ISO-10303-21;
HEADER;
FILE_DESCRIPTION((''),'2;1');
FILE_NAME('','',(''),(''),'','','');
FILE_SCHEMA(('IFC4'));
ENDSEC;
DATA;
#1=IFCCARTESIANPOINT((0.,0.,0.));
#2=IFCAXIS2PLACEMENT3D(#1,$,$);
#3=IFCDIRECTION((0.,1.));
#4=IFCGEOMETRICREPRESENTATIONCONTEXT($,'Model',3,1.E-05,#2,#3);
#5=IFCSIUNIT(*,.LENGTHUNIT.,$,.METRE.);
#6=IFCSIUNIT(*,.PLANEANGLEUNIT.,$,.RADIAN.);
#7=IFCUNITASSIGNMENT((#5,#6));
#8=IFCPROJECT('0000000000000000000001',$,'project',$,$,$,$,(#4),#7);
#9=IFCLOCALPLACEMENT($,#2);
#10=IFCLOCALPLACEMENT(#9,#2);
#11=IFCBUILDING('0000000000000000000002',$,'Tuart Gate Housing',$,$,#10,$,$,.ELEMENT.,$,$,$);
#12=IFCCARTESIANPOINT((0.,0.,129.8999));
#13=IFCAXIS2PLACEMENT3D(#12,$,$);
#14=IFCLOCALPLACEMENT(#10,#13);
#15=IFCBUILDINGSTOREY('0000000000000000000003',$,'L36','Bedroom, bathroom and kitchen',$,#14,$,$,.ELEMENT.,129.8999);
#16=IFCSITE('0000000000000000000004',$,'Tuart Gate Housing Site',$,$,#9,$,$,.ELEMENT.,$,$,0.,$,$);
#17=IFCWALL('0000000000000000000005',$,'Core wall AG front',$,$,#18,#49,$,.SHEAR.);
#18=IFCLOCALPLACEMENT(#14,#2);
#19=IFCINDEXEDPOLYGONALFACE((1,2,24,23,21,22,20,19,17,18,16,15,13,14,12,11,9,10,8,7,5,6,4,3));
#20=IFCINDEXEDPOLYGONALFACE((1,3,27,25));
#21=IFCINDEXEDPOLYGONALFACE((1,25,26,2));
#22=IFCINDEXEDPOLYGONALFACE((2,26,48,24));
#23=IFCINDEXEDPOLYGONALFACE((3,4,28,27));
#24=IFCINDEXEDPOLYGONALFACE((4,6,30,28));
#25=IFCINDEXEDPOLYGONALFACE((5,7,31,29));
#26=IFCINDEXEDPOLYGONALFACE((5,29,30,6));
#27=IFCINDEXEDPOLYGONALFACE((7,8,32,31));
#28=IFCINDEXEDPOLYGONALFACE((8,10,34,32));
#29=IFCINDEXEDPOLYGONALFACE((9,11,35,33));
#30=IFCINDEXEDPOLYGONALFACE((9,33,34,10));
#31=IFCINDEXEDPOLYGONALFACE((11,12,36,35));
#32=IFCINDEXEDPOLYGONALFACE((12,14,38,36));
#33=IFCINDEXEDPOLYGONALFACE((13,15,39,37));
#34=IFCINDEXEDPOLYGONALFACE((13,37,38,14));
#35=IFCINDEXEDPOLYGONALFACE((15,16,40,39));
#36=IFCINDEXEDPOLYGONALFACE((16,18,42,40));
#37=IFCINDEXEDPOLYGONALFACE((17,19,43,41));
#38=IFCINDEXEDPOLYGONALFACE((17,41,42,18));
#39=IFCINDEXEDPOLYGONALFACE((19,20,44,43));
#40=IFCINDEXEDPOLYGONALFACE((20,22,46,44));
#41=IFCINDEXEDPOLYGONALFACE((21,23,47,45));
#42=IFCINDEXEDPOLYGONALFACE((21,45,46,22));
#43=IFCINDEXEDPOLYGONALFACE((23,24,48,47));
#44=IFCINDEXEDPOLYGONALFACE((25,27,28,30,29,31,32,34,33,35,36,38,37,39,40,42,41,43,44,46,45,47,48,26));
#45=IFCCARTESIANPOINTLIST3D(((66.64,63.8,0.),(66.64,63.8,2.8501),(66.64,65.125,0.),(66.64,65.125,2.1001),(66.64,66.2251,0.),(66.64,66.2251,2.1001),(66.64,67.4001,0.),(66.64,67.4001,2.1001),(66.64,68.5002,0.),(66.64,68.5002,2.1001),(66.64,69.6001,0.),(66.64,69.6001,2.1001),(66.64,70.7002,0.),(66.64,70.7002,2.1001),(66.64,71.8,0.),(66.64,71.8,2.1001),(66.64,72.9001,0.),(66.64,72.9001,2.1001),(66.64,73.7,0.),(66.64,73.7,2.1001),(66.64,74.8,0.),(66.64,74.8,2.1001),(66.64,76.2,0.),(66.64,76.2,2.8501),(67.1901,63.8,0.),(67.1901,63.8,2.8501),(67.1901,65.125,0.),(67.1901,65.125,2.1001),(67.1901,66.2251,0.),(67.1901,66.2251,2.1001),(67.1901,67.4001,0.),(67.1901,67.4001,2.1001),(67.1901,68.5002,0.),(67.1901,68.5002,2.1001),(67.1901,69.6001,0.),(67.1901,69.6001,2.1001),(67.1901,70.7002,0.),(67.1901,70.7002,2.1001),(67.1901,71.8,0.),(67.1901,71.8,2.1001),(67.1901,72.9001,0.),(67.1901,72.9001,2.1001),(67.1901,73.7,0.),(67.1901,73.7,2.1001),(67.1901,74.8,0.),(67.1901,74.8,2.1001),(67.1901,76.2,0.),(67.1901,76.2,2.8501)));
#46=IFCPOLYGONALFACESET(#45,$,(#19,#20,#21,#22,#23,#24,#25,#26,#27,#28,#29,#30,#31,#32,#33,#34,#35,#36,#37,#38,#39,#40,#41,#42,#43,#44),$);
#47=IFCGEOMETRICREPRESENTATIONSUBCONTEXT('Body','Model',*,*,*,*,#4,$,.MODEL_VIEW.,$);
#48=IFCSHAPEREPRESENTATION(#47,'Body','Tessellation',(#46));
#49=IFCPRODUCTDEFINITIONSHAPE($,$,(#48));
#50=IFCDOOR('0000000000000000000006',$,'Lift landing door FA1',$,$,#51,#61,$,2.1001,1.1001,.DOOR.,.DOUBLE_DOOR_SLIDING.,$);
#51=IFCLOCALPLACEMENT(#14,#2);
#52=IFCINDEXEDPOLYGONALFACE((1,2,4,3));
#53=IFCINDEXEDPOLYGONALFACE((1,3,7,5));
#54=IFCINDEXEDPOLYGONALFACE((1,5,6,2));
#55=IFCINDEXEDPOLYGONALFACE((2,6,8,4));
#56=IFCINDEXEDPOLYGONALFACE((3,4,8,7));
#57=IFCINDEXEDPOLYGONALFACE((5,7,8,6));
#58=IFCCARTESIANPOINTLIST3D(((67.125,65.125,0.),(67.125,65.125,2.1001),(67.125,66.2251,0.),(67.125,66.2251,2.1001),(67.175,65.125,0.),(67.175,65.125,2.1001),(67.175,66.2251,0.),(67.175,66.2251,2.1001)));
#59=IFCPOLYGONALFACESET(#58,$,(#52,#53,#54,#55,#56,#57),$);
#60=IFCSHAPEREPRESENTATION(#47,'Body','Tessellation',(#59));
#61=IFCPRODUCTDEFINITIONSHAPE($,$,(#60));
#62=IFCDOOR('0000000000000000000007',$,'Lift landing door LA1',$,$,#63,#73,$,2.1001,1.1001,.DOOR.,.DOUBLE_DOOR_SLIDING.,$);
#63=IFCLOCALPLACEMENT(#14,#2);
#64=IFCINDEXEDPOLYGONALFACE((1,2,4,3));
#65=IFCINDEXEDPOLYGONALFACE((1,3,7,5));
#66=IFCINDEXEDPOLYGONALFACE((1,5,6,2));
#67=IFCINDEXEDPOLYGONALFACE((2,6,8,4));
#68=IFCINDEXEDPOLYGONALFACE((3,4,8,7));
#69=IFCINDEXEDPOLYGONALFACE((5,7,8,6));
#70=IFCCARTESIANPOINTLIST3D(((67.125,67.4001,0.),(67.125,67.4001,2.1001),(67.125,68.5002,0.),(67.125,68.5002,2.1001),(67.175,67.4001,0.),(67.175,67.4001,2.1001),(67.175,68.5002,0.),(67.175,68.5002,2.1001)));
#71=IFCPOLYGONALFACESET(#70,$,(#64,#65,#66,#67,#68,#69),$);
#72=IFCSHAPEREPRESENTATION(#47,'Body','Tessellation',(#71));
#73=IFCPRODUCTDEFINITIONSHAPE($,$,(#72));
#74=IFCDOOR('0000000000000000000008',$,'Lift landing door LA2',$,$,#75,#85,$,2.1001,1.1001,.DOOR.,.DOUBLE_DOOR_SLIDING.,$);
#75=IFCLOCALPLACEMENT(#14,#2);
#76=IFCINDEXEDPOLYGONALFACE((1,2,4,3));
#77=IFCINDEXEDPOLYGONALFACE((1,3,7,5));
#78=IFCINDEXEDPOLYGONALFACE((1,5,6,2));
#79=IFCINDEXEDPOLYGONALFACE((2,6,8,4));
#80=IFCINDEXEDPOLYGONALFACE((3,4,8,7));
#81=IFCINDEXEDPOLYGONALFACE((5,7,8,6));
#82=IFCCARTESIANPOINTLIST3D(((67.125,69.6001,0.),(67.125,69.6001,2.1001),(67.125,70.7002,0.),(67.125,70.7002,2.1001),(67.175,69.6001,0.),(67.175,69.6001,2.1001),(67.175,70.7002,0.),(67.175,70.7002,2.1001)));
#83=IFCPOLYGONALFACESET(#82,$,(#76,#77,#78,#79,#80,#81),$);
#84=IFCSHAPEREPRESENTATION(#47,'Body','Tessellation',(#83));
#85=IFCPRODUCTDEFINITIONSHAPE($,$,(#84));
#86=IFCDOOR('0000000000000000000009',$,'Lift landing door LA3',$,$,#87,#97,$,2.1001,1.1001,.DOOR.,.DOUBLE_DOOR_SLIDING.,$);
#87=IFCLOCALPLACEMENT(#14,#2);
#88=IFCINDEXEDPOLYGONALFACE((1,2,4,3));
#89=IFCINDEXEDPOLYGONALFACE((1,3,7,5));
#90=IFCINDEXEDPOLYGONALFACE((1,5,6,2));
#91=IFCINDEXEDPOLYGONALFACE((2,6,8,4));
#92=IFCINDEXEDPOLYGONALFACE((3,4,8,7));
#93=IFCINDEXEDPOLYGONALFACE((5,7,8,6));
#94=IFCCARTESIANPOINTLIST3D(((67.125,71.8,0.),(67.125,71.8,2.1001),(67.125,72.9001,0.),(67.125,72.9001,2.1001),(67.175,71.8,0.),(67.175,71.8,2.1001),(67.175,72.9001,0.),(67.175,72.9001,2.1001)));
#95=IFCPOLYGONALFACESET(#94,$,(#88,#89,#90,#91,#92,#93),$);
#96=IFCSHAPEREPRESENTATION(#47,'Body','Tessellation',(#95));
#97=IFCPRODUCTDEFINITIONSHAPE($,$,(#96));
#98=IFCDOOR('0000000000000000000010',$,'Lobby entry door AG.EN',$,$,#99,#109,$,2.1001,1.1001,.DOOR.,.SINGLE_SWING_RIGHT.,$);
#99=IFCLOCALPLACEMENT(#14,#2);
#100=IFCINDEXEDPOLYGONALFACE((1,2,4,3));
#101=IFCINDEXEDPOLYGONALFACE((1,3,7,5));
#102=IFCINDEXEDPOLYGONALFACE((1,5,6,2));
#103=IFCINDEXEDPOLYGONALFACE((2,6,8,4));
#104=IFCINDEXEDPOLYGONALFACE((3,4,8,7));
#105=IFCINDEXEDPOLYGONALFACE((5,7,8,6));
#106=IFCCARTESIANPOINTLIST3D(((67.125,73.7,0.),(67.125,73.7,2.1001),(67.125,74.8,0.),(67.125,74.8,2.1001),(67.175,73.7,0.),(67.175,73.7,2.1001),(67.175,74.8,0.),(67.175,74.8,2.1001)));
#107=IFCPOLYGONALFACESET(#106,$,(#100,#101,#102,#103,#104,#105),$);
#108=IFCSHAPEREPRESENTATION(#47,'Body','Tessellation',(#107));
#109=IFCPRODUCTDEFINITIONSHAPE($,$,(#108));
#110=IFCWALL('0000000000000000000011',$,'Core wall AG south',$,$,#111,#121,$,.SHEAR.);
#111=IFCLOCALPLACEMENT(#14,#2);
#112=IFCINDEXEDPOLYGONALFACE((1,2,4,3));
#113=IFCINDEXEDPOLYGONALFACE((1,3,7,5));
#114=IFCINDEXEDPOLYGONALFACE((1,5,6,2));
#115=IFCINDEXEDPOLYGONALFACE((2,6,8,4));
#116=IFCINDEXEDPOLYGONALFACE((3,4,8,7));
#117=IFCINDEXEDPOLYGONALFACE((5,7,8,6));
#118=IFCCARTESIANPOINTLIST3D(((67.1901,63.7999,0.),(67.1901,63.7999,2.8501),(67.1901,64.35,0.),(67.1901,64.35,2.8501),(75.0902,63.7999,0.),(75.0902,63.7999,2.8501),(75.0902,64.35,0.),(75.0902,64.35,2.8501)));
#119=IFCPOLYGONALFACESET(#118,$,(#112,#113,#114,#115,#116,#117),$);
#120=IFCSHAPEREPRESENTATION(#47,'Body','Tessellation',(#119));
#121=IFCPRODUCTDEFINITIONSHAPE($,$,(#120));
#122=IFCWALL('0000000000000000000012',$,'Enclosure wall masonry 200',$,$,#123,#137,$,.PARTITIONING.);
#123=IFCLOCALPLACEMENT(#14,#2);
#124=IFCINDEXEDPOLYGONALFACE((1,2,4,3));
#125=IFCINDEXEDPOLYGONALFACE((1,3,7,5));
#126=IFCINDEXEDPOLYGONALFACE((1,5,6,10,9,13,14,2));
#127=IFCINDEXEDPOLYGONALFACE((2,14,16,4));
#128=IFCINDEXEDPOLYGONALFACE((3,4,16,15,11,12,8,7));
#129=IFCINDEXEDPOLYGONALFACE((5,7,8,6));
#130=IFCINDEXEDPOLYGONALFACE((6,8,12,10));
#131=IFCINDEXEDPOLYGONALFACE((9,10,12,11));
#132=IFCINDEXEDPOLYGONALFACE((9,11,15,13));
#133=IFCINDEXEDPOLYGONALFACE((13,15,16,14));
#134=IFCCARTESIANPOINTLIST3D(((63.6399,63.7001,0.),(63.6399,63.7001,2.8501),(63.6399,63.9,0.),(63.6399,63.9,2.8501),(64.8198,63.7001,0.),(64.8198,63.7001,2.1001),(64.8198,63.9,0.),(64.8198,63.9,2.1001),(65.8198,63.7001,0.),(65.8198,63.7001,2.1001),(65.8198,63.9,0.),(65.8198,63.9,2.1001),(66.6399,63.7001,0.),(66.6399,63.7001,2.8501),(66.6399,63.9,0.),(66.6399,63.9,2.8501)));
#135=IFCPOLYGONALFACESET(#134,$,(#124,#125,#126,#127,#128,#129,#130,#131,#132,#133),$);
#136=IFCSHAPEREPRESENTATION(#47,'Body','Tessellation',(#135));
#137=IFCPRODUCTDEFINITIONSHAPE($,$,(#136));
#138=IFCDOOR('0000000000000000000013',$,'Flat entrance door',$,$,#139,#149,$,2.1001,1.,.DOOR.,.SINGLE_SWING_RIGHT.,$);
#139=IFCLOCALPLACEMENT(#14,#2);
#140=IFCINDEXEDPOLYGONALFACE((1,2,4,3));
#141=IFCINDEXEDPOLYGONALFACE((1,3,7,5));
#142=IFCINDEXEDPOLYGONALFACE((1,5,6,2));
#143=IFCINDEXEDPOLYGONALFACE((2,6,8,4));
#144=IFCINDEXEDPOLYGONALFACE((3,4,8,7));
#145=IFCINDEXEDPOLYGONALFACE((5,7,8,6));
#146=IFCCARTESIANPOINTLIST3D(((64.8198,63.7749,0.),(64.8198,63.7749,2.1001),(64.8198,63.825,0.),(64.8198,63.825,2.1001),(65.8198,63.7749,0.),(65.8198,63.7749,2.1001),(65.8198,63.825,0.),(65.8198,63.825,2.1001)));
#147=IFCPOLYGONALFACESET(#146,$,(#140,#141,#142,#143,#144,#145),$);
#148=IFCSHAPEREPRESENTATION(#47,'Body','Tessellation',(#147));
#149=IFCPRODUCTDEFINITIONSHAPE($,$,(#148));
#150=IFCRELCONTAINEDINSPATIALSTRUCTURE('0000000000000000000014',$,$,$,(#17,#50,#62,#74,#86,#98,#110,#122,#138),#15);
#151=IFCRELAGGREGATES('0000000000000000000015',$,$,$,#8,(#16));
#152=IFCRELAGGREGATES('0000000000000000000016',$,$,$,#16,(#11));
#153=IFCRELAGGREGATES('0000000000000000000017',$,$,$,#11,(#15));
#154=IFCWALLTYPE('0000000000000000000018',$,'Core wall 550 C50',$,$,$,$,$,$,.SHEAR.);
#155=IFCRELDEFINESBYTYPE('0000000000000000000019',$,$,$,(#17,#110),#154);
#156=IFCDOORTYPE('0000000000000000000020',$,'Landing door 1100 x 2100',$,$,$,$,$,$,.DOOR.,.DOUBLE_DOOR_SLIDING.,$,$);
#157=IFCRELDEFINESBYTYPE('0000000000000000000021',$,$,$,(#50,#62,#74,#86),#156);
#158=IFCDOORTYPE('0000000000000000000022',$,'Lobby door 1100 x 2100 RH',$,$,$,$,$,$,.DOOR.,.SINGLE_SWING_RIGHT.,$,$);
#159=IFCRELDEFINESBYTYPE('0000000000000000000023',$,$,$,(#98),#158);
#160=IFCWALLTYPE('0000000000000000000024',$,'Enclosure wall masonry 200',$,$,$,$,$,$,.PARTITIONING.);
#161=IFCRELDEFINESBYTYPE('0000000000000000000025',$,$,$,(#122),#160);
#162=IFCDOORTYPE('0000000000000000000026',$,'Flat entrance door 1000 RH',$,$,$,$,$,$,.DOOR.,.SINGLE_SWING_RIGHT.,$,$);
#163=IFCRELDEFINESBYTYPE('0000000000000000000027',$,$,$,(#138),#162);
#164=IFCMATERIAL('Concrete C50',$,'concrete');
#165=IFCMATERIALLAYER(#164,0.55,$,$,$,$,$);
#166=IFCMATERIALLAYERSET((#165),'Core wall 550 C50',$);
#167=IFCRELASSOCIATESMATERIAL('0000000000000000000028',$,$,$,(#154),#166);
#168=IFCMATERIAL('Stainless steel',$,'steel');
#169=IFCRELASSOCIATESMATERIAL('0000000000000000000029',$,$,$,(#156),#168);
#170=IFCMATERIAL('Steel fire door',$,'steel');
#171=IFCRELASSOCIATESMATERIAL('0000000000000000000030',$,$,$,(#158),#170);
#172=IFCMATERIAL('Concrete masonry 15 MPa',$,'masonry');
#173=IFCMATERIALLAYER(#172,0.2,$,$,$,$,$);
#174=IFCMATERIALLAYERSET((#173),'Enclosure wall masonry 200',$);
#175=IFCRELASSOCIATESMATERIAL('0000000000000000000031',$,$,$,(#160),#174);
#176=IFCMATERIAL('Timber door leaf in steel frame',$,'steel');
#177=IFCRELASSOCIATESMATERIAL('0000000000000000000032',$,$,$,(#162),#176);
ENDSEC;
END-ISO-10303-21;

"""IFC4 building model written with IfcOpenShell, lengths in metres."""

from ifc_helpers import new_model, si_unit, direction, frame, frame_2d, origin, place, context, subcontext, project, spatial, rectangle, extrude, material, layer, layer_set, type_object, element, fill, save


model = new_model("IFC4")

# Units and contexts
model_context = context("Model", 3, precision=1e-05, world=origin(), true_north=direction((0.0, 1.0)))
body_context = subcontext(model_context, "Body", "Model", "MODEL_VIEW")
ifc_project = project(units=[si_unit("LENGTHUNIT", "METRE"), si_unit("PLANEANGLEUNIT", "RADIAN")], contexts=[model_context])

# Site, building, storey
site_placement = place(None, origin())
site = spatial("IfcSite", under=ifc_project, at=site_placement, Name="Tuart Gate Housing Site", CompositionType="ELEMENT", RefElevation=0.0)
building_placement = place(site_placement, origin())
building = spatial("IfcBuilding", under=site, at=building_placement, Name="Tuart Gate Housing", CompositionType="ELEMENT")
storey_placement = place(building_placement, frame((0.0, 0.0, 129.8999)))
storey = spatial("IfcBuildingStorey", under=building, at=storey_placement, Name="L36", Description="Bedroom, bathroom and kitchen", CompositionType="ELEMENT", Elevation=129.8999)

# Wall, openings, doors
ifc_material_1 = material(Name="Concrete C50", Category="concrete")
ifc_layer_1 = layer(ifc_material_1, 0.55)
ifc_layer_set_1 = layer_set([ifc_layer_1], Name="Core wall 550 C50")
wall_type_1 = type_object("IfcWallType", Name="Core wall 550 C50", PredefinedType="SHEAR", material=ifc_layer_set_1)
wall_1_placement = place(storey_placement, frame((66.915, 63.8, 0.0), z_axis=(0.0, 0.0, 1.0), x_axis=(0.0, 1.0, 0.0)))
wall_1 = element("IfcWall", 1, at=wall_1_placement, inside=storey, type_object=wall_type_1, Name="Core wall AG front", PredefinedType="SHEAR", context=body_context, shape_type="SweptSolid", body=[
    extrude(rectangle(XDim=12.3999, YDim=0.55, at=frame_2d((6.2, 0.0))), origin(), (0.0, 0.0, 1.0), 2.8501),
])
opening_1_placement = place(wall_1_placement, frame((1.325, 0.0, 0.0)))
opening_1 = element("IfcOpeningElement", 2, at=opening_1_placement, cuts=wall_1, PredefinedType="OPENING", context=body_context, shape_type="SweptSolid", body=[
    extrude(rectangle(XDim=1.1001, YDim=2.1001, at=frame_2d((0.55, 1.05))), frame((0.0, 0.2849, 0.0), z_axis=(0.0, -1.0, 0.0), x_axis=(1.0, 0.0, 0.0)), (0.0, 0.0, 1.0), 0.5701),
])
opening_2_placement = place(wall_1_placement, frame((3.6001, 0.0, 0.0)))
opening_2 = element("IfcOpeningElement", 3, at=opening_2_placement, cuts=wall_1, PredefinedType="OPENING", context=body_context, shape_type="SweptSolid", body=[
    extrude(rectangle(XDim=1.1001, YDim=2.1001, at=frame_2d((0.55, 1.05))), frame((0.0, 0.2849, 0.0), z_axis=(0.0, -1.0, 0.0), x_axis=(1.0, 0.0, 0.0)), (0.0, 0.0, 1.0), 0.5701),
])
opening_3_placement = place(wall_1_placement, frame((5.8, 0.0, 0.0)))
opening_3 = element("IfcOpeningElement", 4, at=opening_3_placement, cuts=wall_1, PredefinedType="OPENING", context=body_context, shape_type="SweptSolid", body=[
    extrude(rectangle(XDim=1.1001, YDim=2.1001, at=frame_2d((0.55, 1.05))), frame((0.0, 0.2849, 0.0), z_axis=(0.0, -1.0, 0.0), x_axis=(1.0, 0.0, 0.0)), (0.0, 0.0, 1.0), 0.5701),
])
opening_4_placement = place(wall_1_placement, frame((8.0, 0.0, 0.0)))
opening_4 = element("IfcOpeningElement", 5, at=opening_4_placement, cuts=wall_1, PredefinedType="OPENING", context=body_context, shape_type="SweptSolid", body=[
    extrude(rectangle(XDim=1.1001, YDim=2.1001, at=frame_2d((0.55, 1.05))), frame((0.0, 0.2849, 0.0), z_axis=(0.0, -1.0, 0.0), x_axis=(1.0, 0.0, 0.0)), (0.0, 0.0, 1.0), 0.5701),
])
opening_5_placement = place(wall_1_placement, frame((9.8999, 0.0, 0.0)))
opening_5 = element("IfcOpeningElement", 6, at=opening_5_placement, cuts=wall_1, PredefinedType="OPENING", context=body_context, shape_type="SweptSolid", body=[
    extrude(rectangle(XDim=1.1001, YDim=2.1001, at=frame_2d((0.55, 1.05))), frame((0.0, 0.2849, 0.0), z_axis=(0.0, -1.0, 0.0), x_axis=(1.0, 0.0, 0.0)), (0.0, 0.0, 1.0), 0.5701),
])
ifc_material_2 = material(Name="Stainless steel", Category="steel")
door_type_1 = type_object("IfcDoorType", Name="Landing door 1100 x 2100", OperationType="DOUBLE_DOOR_SLIDING", PredefinedType="DOOR", material=ifc_material_2)
door_1_placement = place(opening_1_placement, origin())
door_1 = element("IfcDoor", 7, at=door_1_placement, inside=storey, type_object=door_type_1, Name="Lift landing door FA1", OperationType="DOUBLE_DOOR_SLIDING", OverallHeight=2.1001, OverallWidth=1.1001, PredefinedType="DOOR", context=body_context, shape_type="SweptSolid", body=[
    extrude(rectangle(XDim=1.1001, YDim=2.1001, at=frame_2d((0.55, 1.05))), frame((0.0, -0.21, 0.0), z_axis=(0.0, -1.0, 0.0), x_axis=(1.0, 0.0, 0.0)), (0.0, 0.0, 1.0), 0.05),
])
fill(opening_1, door_1)
door_2_placement = place(opening_2_placement, origin())
door_2 = element("IfcDoor", 8, at=door_2_placement, inside=storey, type_object=door_type_1, Name="Lift landing door LA1", OperationType="DOUBLE_DOOR_SLIDING", OverallHeight=2.1001, OverallWidth=1.1001, PredefinedType="DOOR", context=body_context, shape_type="SweptSolid", body=[
    extrude(rectangle(XDim=1.1001, YDim=2.1001, at=frame_2d((0.55, 1.05))), frame((0.0, -0.21, 0.0), z_axis=(0.0, -1.0, 0.0), x_axis=(1.0, 0.0, 0.0)), (0.0, 0.0, 1.0), 0.05),
])
fill(opening_2, door_2)
door_3_placement = place(opening_3_placement, origin())
door_3 = element("IfcDoor", 9, at=door_3_placement, inside=storey, type_object=door_type_1, Name="Lift landing door LA2", OperationType="DOUBLE_DOOR_SLIDING", OverallHeight=2.1001, OverallWidth=1.1001, PredefinedType="DOOR", context=body_context, shape_type="SweptSolid", body=[
    extrude(rectangle(XDim=1.1001, YDim=2.1001, at=frame_2d((0.55, 1.05))), frame((0.0, -0.21, 0.0), z_axis=(0.0, -1.0, 0.0), x_axis=(1.0, 0.0, 0.0)), (0.0, 0.0, 1.0), 0.05),
])
fill(opening_3, door_3)
door_4_placement = place(opening_4_placement, origin())
door_4 = element("IfcDoor", 10, at=door_4_placement, inside=storey, type_object=door_type_1, Name="Lift landing door LA3", OperationType="DOUBLE_DOOR_SLIDING", OverallHeight=2.1001, OverallWidth=1.1001, PredefinedType="DOOR", context=body_context, shape_type="SweptSolid", body=[
    extrude(rectangle(XDim=1.1001, YDim=2.1001, at=frame_2d((0.55, 1.05))), frame((0.0, -0.21, 0.0), z_axis=(0.0, -1.0, 0.0), x_axis=(1.0, 0.0, 0.0)), (0.0, 0.0, 1.0), 0.05),
])
fill(opening_4, door_4)
ifc_material_3 = material(Name="Steel fire door", Category="steel")
door_type_2 = type_object("IfcDoorType", Name="Lobby door 1100 x 2100 RH", OperationType="SINGLE_SWING_RIGHT", PredefinedType="DOOR", material=ifc_material_3)
door_5_placement = place(opening_5_placement, frame((1.1001, 0.0, 0.0), z_axis=(0.0, 0.0, 1.0), x_axis=(-1.0, 0.0, 0.0)))
door_5 = element("IfcDoor", 11, at=door_5_placement, inside=storey, type_object=door_type_2, Name="Lobby entry door AG.EN", OperationType="SINGLE_SWING_RIGHT", OverallHeight=2.1001, OverallWidth=1.1001, PredefinedType="DOOR", context=body_context, shape_type="SweptSolid", body=[
    extrude(rectangle(XDim=1.1001, YDim=2.1001, at=frame_2d((0.55, 1.05))), frame((0.0, 0.26, 0.0), z_axis=(0.0, -1.0, 0.0), x_axis=(1.0, 0.0, 0.0)), (0.0, 0.0, 1.0), 0.05),
])
fill(opening_5, door_5)

# Wall
wall_2_placement = place(storey_placement, frame((67.1899, 64.075, 0.0), z_axis=(0.0, 0.0, 1.0), x_axis=(1.0, 0.0, 0.0)))
element("IfcWall", 12, at=wall_2_placement, inside=storey, type_object=wall_type_1, Name="Core wall AG south", PredefinedType="SHEAR", context=body_context, shape_type="SweptSolid", body=[
    extrude(rectangle(XDim=7.9001, YDim=0.55, at=frame_2d((3.9502, 0.0))), origin(), (0.0, 0.0, 1.0), 2.8501),
])

# Wall, opening, door
ifc_material_4 = material(Name="Concrete masonry 15 MPa", Category="masonry")
ifc_layer_2 = layer(ifc_material_4, 0.2)
ifc_layer_set_2 = layer_set([ifc_layer_2], Name="Enclosure wall masonry 200")
wall_type_2 = type_object("IfcWallType", Name="Enclosure wall masonry 200", PredefinedType="PARTITIONING", material=ifc_layer_set_2)
wall_3_placement = place(storey_placement, frame((63.6399, 63.8, 0.0), z_axis=(0.0, 0.0, 1.0), x_axis=(1.0, 0.0, 0.0)))
wall_3 = element("IfcWall", 13, at=wall_3_placement, inside=storey, type_object=wall_type_2, Name="Enclosure wall masonry 200", PredefinedType="PARTITIONING", context=body_context, shape_type="SweptSolid", body=[
    extrude(rectangle(XDim=3.0, YDim=0.2, at=frame_2d((1.5, 0.0))), origin(), (0.0, 0.0, 1.0), 2.8501),
])
opening_6_placement = place(wall_3_placement, frame((1.1799, 0.0, 0.0)))
opening_6 = element("IfcOpeningElement", 14, at=opening_6_placement, cuts=wall_3, PredefinedType="OPENING", context=body_context, shape_type="SweptSolid", body=[
    extrude(rectangle(XDim=1.0, YDim=2.1001, at=frame_2d((0.5, 1.05))), frame((0.0, 0.1099, 0.0), z_axis=(0.0, -1.0, 0.0), x_axis=(1.0, 0.0, 0.0)), (0.0, 0.0, 1.0), 0.22),
])
ifc_material_5 = material(Name="Timber door leaf in steel frame", Category="steel")
door_type_3 = type_object("IfcDoorType", Name="Flat entrance door 1000 RH", OperationType="SINGLE_SWING_RIGHT", PredefinedType="DOOR", material=ifc_material_5)
door_6_placement = place(opening_6_placement, frame((1.0, 0.0, 0.0), z_axis=(0.0, 0.0, 1.0), x_axis=(-1.0, 0.0, 0.0)))
door_6 = element("IfcDoor", 15, at=door_6_placement, inside=storey, type_object=door_type_3, Name="Flat entrance door", OperationType="SINGLE_SWING_RIGHT", OverallHeight=2.1001, OverallWidth=1.0, PredefinedType="DOOR", context=body_context, shape_type="SweptSolid", body=[
    extrude(rectangle(XDim=1.0, YDim=2.1001, at=frame_2d((0.5, 1.05))), frame((0.0, 0.0251, 0.0), z_axis=(0.0, -1.0, 0.0), x_axis=(1.0, 0.0, 0.0)), (0.0, 0.0, 1.0), 0.05),
])
fill(opening_6, door_6)

save(model, "model.ifc")
